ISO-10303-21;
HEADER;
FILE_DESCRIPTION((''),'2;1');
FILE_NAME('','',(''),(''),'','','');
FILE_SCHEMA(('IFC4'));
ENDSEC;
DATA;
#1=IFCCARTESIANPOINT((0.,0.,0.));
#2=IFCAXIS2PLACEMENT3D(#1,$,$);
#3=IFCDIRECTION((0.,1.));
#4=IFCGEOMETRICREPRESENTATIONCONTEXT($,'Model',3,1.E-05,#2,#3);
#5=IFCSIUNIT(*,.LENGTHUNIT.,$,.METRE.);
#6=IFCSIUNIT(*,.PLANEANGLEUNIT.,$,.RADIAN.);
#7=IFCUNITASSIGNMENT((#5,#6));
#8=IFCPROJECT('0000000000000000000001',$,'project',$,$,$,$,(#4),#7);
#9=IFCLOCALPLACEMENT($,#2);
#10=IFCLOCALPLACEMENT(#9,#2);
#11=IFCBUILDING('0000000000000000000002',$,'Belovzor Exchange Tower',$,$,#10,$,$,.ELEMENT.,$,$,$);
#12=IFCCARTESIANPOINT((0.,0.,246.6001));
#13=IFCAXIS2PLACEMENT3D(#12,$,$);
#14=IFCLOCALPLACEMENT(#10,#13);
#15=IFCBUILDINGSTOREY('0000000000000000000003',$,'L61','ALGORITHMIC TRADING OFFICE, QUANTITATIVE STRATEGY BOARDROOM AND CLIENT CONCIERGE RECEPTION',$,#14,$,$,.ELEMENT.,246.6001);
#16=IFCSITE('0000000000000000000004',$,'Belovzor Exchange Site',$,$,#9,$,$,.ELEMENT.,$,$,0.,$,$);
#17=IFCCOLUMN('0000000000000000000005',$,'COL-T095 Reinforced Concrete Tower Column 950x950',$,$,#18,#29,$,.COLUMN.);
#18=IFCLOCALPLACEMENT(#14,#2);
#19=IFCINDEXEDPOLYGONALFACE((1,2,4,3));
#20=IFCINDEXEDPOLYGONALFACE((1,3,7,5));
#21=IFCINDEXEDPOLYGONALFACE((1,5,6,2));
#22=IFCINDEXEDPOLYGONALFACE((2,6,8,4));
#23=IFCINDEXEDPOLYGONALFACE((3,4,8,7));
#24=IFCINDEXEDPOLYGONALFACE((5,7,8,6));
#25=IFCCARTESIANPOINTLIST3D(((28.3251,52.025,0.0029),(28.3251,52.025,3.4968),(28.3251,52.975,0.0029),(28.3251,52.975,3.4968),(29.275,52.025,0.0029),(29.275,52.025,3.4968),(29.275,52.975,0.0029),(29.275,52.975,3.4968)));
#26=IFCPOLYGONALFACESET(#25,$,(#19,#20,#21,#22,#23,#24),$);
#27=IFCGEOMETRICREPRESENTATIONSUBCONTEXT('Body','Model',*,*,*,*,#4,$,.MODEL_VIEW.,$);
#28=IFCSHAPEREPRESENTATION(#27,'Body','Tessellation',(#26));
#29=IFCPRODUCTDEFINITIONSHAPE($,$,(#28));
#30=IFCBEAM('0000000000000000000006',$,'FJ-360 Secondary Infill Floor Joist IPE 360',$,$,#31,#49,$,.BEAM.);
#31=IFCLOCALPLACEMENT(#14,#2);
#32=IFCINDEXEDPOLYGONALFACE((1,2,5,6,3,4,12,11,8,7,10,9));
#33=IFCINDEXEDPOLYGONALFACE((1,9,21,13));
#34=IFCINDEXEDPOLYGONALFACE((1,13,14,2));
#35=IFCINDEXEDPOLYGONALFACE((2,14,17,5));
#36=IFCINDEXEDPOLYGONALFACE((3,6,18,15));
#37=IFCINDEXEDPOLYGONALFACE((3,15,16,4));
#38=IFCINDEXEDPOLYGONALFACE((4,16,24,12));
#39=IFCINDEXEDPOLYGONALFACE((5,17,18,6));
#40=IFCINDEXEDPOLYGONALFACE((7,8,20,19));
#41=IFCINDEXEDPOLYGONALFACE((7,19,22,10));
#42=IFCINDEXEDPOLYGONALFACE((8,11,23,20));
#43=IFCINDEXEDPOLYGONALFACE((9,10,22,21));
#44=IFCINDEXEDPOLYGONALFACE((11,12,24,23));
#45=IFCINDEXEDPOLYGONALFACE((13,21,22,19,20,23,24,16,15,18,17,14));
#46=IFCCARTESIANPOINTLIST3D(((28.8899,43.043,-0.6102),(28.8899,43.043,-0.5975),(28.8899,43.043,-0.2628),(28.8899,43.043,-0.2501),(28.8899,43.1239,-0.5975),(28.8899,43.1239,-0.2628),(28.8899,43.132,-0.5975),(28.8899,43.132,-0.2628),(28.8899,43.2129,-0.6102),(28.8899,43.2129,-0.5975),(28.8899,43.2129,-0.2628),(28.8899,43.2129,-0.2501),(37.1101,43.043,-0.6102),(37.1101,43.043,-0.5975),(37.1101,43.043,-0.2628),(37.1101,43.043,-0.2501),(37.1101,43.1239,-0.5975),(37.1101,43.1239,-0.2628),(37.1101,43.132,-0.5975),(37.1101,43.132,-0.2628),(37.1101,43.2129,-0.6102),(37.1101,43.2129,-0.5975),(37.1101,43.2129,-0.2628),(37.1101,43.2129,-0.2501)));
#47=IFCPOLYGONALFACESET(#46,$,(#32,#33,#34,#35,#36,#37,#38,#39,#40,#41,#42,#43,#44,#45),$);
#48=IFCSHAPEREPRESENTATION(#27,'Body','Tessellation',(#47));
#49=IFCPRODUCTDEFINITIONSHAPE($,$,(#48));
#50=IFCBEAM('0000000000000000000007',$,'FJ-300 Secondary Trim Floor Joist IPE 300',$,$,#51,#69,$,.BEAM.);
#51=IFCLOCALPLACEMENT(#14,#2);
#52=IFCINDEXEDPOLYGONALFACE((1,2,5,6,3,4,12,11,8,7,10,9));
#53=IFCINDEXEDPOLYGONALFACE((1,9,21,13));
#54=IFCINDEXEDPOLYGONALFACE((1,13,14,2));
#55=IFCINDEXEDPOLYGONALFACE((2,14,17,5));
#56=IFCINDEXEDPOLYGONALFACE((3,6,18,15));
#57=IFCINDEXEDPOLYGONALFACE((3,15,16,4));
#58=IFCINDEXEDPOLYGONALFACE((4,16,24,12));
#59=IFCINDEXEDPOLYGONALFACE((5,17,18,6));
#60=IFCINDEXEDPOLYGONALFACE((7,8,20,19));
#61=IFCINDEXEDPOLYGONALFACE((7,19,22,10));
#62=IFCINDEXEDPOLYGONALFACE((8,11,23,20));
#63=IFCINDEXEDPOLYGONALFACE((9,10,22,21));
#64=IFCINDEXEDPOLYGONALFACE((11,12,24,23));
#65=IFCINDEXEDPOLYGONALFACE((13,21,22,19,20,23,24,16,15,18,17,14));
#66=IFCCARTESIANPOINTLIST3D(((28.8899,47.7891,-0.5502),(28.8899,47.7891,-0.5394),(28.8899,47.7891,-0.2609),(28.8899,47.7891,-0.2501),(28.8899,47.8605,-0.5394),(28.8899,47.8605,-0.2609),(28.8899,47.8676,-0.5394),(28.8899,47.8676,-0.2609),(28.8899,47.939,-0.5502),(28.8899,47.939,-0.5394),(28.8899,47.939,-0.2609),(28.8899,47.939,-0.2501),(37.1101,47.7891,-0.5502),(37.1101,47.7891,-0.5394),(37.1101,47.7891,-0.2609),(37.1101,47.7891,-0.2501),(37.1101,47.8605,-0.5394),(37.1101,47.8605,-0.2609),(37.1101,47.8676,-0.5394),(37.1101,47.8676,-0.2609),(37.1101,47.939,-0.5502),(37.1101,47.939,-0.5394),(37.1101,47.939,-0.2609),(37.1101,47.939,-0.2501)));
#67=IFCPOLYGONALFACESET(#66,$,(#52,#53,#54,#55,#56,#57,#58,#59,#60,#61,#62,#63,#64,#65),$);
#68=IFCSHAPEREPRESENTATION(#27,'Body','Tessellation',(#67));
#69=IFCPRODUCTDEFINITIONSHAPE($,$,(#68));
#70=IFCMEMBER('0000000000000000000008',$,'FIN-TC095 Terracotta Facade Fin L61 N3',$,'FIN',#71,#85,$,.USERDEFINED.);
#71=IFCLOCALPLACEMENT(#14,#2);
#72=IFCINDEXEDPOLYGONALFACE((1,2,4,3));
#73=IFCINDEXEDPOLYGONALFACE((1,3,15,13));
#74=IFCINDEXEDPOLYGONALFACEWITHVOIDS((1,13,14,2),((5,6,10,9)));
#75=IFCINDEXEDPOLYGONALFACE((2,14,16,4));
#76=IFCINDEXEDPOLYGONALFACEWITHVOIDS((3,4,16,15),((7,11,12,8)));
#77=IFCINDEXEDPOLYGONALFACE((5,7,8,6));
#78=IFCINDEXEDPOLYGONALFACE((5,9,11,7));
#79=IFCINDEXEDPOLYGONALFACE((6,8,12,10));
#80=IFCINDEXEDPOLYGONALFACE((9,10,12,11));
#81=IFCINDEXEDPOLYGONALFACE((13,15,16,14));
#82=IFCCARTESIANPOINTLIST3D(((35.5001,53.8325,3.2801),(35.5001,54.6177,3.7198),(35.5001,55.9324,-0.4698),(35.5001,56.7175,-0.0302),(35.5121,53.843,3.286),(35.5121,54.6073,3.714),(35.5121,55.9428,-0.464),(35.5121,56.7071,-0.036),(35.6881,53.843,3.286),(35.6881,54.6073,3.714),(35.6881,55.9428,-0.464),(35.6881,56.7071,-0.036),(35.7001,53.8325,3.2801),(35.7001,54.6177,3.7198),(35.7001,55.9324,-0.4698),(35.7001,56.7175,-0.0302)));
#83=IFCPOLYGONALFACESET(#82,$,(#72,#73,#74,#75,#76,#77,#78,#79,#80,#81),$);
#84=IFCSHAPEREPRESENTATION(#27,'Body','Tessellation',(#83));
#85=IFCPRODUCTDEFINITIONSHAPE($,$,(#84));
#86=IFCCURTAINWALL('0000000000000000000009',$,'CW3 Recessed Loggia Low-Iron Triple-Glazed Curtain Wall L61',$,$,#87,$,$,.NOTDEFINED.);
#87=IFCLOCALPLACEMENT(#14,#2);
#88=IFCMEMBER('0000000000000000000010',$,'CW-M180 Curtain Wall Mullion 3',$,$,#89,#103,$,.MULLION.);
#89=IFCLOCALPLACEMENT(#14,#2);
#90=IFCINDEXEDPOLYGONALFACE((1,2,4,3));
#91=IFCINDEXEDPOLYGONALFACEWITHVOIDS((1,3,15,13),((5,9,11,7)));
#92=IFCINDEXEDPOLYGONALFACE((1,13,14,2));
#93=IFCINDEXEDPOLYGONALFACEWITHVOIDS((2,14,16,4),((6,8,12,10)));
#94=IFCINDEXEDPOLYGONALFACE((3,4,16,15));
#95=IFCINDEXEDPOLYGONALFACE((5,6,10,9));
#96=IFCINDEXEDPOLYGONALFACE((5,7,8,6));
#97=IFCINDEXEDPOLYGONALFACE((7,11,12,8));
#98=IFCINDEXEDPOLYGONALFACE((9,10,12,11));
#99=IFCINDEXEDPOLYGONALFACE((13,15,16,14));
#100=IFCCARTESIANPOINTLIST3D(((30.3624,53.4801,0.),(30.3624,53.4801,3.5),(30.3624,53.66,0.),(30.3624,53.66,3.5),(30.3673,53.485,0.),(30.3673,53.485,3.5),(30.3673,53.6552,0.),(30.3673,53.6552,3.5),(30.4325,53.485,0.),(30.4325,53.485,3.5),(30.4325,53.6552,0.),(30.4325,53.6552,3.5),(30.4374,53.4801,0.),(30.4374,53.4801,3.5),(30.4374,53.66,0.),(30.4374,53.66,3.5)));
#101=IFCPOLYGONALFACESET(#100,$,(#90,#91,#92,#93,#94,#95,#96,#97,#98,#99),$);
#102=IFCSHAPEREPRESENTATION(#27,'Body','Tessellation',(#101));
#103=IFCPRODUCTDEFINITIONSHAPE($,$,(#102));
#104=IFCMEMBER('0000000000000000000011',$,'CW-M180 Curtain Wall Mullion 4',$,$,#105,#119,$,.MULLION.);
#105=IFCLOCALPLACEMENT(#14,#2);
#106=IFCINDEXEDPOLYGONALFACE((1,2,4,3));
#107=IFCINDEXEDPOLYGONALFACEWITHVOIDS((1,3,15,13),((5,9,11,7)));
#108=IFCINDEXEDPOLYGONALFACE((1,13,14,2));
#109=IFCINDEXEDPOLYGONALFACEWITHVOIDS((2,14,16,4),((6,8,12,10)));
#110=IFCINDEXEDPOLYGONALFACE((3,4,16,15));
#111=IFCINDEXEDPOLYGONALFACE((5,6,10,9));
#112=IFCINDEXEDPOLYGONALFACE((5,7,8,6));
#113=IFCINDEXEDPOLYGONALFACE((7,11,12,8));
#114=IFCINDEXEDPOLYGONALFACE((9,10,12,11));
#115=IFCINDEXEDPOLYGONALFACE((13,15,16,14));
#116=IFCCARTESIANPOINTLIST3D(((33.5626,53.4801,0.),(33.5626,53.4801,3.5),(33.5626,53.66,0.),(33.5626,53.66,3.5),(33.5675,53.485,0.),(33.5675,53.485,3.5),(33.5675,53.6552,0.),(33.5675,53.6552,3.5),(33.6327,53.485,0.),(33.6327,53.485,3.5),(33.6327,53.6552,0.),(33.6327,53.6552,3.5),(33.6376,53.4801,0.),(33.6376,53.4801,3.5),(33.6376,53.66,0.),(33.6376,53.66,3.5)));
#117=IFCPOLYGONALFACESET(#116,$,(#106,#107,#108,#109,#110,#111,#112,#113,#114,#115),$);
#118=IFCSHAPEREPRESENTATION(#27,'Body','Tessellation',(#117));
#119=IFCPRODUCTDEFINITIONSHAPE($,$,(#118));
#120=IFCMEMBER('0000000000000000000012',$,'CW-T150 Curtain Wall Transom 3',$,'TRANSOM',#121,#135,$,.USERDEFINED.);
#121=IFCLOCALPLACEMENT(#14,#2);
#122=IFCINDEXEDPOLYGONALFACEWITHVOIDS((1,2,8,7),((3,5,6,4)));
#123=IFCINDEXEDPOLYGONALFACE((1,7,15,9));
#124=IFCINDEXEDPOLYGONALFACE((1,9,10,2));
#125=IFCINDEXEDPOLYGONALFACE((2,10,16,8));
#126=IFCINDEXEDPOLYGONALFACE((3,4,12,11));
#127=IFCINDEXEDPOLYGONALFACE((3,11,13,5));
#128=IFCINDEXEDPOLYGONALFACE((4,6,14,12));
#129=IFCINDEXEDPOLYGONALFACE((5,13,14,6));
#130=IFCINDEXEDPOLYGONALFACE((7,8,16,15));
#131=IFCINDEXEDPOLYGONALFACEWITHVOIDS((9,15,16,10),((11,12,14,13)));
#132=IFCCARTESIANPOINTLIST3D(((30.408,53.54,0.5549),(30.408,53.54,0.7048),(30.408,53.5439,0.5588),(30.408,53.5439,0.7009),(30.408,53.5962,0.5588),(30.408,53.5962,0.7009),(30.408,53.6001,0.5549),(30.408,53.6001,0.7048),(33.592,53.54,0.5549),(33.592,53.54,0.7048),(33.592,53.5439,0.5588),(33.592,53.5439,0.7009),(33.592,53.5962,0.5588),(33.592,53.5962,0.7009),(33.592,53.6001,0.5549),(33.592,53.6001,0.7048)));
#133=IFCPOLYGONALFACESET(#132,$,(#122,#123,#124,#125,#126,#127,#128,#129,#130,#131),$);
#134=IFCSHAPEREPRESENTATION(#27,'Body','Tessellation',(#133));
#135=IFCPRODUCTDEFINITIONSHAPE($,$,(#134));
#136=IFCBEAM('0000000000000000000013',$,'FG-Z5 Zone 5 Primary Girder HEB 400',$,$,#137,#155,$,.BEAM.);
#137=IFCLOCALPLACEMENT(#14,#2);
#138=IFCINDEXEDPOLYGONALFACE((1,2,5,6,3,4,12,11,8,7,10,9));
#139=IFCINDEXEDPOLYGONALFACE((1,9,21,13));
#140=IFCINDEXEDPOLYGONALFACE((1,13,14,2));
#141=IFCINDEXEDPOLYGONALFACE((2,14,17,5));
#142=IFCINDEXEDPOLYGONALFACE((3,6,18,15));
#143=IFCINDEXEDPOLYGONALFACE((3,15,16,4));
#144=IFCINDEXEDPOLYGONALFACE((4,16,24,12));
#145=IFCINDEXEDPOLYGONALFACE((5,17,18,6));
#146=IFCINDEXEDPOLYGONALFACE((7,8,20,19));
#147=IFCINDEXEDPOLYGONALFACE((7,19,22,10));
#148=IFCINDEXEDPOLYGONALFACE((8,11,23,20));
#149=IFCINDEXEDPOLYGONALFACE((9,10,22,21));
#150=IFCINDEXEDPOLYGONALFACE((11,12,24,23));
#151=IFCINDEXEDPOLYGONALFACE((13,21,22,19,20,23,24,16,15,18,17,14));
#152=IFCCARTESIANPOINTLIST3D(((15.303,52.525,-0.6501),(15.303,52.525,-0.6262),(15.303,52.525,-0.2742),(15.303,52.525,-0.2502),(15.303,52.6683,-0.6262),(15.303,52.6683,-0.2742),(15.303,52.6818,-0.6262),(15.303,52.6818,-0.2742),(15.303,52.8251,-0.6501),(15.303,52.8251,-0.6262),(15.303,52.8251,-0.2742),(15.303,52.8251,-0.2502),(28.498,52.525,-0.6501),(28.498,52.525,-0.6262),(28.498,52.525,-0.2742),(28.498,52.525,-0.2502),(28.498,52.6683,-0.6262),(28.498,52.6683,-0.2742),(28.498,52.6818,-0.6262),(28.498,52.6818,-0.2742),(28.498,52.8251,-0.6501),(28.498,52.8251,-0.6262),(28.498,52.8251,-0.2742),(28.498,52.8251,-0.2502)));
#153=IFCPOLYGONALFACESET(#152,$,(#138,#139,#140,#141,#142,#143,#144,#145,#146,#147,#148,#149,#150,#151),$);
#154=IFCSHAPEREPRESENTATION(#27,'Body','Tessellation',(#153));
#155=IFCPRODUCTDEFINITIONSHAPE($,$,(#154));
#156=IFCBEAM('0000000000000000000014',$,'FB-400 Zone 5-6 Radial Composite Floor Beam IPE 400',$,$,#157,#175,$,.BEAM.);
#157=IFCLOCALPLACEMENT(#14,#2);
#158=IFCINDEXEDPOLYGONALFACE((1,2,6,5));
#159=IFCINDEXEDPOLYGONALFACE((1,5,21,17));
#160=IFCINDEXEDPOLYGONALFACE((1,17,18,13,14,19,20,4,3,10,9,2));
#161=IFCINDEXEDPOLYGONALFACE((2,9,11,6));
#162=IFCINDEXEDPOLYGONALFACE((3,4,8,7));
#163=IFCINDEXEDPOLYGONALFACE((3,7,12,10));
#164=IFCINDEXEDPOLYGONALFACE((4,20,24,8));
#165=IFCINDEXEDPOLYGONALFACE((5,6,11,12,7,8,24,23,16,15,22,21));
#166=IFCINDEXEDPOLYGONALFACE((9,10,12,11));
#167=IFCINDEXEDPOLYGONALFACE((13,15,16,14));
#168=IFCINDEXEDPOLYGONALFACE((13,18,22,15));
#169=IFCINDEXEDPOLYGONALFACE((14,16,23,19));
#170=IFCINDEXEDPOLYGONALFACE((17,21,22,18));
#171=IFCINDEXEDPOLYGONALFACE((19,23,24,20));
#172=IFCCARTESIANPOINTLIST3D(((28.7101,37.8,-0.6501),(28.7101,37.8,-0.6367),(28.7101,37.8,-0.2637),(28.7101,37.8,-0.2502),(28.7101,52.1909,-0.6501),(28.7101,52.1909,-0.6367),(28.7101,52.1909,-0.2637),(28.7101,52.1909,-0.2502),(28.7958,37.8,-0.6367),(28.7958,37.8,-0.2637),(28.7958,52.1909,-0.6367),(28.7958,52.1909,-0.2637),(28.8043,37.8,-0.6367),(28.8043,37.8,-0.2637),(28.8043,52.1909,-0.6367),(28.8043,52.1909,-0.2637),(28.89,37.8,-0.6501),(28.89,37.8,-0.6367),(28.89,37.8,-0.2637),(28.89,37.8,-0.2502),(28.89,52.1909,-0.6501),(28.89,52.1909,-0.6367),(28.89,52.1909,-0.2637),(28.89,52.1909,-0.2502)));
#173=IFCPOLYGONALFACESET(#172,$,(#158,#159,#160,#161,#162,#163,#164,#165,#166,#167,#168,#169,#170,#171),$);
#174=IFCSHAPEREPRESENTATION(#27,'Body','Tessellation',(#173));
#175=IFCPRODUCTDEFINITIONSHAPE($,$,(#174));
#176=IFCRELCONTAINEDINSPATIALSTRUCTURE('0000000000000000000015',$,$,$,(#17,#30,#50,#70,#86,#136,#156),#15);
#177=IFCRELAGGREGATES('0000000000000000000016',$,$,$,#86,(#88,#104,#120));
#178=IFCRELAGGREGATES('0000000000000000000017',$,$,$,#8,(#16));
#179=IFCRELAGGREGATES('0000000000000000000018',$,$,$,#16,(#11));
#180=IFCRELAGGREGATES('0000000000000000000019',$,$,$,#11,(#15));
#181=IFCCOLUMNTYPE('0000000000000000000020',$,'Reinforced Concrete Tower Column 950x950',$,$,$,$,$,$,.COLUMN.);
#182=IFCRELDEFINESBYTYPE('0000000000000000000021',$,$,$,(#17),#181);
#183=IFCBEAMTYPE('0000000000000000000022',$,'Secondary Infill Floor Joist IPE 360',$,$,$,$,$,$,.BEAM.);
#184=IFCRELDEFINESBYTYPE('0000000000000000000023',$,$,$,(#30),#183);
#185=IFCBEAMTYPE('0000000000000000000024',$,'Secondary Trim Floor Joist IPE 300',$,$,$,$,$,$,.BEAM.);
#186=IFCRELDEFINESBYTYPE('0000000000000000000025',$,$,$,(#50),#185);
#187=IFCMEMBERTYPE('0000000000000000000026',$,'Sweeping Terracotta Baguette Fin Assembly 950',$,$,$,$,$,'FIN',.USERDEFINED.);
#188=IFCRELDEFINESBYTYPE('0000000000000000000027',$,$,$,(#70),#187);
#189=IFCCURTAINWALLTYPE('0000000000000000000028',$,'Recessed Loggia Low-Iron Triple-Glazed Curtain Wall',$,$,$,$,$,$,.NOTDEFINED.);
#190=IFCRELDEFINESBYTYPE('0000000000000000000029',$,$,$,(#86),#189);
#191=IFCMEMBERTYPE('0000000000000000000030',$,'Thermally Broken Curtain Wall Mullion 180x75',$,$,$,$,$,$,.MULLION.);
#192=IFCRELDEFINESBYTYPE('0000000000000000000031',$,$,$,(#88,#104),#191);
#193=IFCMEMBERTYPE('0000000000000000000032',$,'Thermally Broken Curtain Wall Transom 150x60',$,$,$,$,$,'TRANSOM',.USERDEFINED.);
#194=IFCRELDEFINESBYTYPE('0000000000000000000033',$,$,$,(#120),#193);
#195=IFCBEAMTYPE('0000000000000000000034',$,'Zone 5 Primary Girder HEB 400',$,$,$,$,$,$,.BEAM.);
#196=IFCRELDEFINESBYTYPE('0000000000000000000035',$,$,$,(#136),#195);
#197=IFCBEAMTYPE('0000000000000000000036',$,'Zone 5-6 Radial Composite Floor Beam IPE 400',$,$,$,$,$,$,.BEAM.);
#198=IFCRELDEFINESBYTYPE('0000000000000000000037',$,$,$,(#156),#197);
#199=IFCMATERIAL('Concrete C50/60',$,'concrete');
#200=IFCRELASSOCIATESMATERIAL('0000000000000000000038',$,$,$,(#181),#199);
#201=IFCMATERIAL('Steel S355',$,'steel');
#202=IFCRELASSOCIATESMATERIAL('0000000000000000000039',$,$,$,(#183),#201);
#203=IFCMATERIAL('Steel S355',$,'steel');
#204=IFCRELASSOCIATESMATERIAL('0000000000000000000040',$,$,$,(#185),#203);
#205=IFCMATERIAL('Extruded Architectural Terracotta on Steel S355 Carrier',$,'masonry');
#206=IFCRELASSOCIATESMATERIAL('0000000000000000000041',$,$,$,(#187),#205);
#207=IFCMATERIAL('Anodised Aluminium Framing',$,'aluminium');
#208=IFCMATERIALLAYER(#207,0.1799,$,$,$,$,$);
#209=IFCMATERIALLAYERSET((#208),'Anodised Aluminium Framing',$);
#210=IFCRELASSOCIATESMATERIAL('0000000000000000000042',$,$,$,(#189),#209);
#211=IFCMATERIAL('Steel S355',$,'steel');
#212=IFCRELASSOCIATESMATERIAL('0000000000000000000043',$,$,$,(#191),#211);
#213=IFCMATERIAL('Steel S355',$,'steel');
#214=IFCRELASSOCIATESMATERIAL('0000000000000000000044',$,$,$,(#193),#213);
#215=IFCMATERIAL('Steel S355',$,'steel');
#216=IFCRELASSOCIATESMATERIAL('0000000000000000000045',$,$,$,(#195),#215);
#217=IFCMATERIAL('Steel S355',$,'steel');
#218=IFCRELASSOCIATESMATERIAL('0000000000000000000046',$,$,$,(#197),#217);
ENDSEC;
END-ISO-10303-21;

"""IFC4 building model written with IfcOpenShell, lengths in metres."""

from ifc_helpers import new_model, si_unit, direction, frame, origin, origin_2d, place, context, subcontext, project, spatial, rectangle, hollow_rectangle, i_section, extrude, material, layer, layer_set, material_profile, profile_set, type_object, element, aggregate, save


model = new_model("IFC4")

# Units and contexts
model_context = context("Model", 3, precision=1e-05, world=origin(), true_north=direction((0.0, 1.0)))
body_context = subcontext(model_context, "Body", "Model", "MODEL_VIEW")
ifc_project = project(units=[si_unit("LENGTHUNIT", "METRE"), si_unit("PLANEANGLEUNIT", "RADIAN")], contexts=[model_context])

# Site, building, storey
site_placement = place(None, origin())
site = spatial("IfcSite", under=ifc_project, at=site_placement, Name="Belovzor Exchange Site", CompositionType="ELEMENT", RefElevation=0.0)
building_placement = place(site_placement, origin())
building = spatial("IfcBuilding", under=site, at=building_placement, Name="Belovzor Exchange Tower", CompositionType="ELEMENT")
storey_placement = place(building_placement, frame((0.0, 0.0, 246.6001)))
storey = spatial("IfcBuildingStorey", under=building, at=storey_placement, Name="L61", Description="ALGORITHMIC TRADING OFFICE, QUANTITATIVE STRATEGY BOARDROOM AND CLIENT CONCIERGE RECEPTION", CompositionType="ELEMENT", Elevation=246.6001)

# Column
ifc_material_1 = material(Name="Concrete C50/60", Category="concrete")
ifc_material_profile_1 = material_profile(ifc_material_1, rectangle(XDim=0.95, YDim=0.95, at=origin_2d()))
ifc_profile_set_1 = profile_set([ifc_material_profile_1], Name="Concrete C50/60")
column_type = type_object("IfcColumnType", Name="Reinforced Concrete Tower Column 950x950", PredefinedType="COLUMN", material=ifc_profile_set_1)
column_placement = place(storey_placement, frame((28.8, 52.5, 0.0029), z_axis=(0.0, 0.0, 1.0), x_axis=(1.0, 0.0, 0.0)))
element("IfcColumn", 1, at=column_placement, inside=storey, type_object=column_type, Name="COL-T095 Reinforced Concrete Tower Column 950x950", PredefinedType="COLUMN", context=body_context, shape_type="SweptSolid", body=[
    extrude(rectangle(XDim=0.95, YDim=0.95, at=origin_2d()), origin(), (0.0, 0.0, 1.0), 3.4939),
])

# Beams
ifc_material_2 = material(Name="Steel S355", Category="steel")
ifc_material_profile_2 = material_profile(ifc_material_2, i_section(OverallWidth=0.1699, OverallDepth=0.3601, WebThickness=0.0081, FlangeThickness=0.0127, at=origin_2d()))
ifc_profile_set_2 = profile_set([ifc_material_profile_2], Name="Steel S355")
beam_type_1 = type_object("IfcBeamType", Name="Secondary Infill Floor Joist IPE 360", PredefinedType="BEAM", material=ifc_profile_set_2)
beam_1_placement = place(storey_placement, frame((28.8899, 43.1279, -0.4302), z_axis=(1.0, 0.0, 0.0), x_axis=(0.0, 1.0, 0.0)))
element("IfcBeam", 2, at=beam_1_placement, inside=storey, type_object=beam_type_1, Name="FJ-360 Secondary Infill Floor Joist IPE 360", PredefinedType="BEAM", context=body_context, shape_type="SweptSolid", body=[
    extrude(i_section(OverallWidth=0.1699, OverallDepth=0.3601, WebThickness=0.0081, FlangeThickness=0.0127, at=origin_2d()), origin(), (0.0, 0.0, 1.0), 8.2202),
])
ifc_material_3 = material(Name="Steel S355", Category="steel")
ifc_material_profile_3 = material_profile(ifc_material_3, i_section(OverallWidth=0.1499, OverallDepth=0.3, WebThickness=0.0071, FlangeThickness=0.0107, at=origin_2d()))
ifc_profile_set_3 = profile_set([ifc_material_profile_3], Name="Steel S355")
beam_type_2 = type_object("IfcBeamType", Name="Secondary Trim Floor Joist IPE 300", PredefinedType="BEAM", material=ifc_profile_set_3)
beam_2_placement = place(storey_placement, frame((28.8899, 47.864, -0.4001), z_axis=(1.0, 0.0, 0.0), x_axis=(0.0, 1.0, 0.0)))
element("IfcBeam", 3, at=beam_2_placement, inside=storey, type_object=beam_type_2, Name="FJ-300 Secondary Trim Floor Joist IPE 300", PredefinedType="BEAM", context=body_context, shape_type="SweptSolid", body=[
    extrude(i_section(OverallWidth=0.1499, OverallDepth=0.3, WebThickness=0.0071, FlangeThickness=0.0107, at=origin_2d()), origin(), (0.0, 0.0, 1.0), 8.2202),
])

# Member
ifc_material_4 = material(Name="Extruded Architectural Terracotta on Steel S355 Carrier", Category="masonry")
ifc_material_profile_4 = material_profile(ifc_material_4, hollow_rectangle(XDim=0.2, YDim=0.8999, WallThickness=0.012, at=origin_2d()))
ifc_profile_set_4 = profile_set([ifc_material_profile_4], Name="Extruded Architectural Terracotta on Steel S355 Carrier")
member_type_1 = type_object("IfcMemberType", Name="Sweeping Terracotta Baguette Fin Assembly 950", ElementType="FIN", PredefinedType="USERDEFINED", material=ifc_profile_set_4)
member_1_placement = place(storey_placement, frame((35.6001, 56.325, -0.25), z_axis=(0.0, -0.488577, 0.872521), x_axis=(1.0, 0.0, 0.0)))
element("IfcMember", 4, at=member_1_placement, inside=storey, type_object=member_type_1, Name="FIN-TC095 Terracotta Facade Fin L61 N3", ObjectType="FIN", PredefinedType="USERDEFINED", context=body_context, shape_type="SweptSolid", body=[
    extrude(hollow_rectangle(XDim=0.2, YDim=0.8999, WallThickness=0.012, at=origin_2d()), origin(), (0.0, 0.0, 1.0), 4.2979),
])

# Curtain wall, members
ifc_material_5 = material(Name="Anodised Aluminium Framing", Category="aluminium")
ifc_layer_1 = layer(ifc_material_5, 0.1799)
ifc_layer_set_1 = layer_set([ifc_layer_1], Name="Anodised Aluminium Framing")
curtain_wall_type = type_object("IfcCurtainWallType", Name="Recessed Loggia Low-Iron Triple-Glazed Curtain Wall", PredefinedType="NOTDEFINED", material=ifc_layer_set_1)
curtain_wall_placement = place(storey_placement, origin())
curtain_wall = element("IfcCurtainWall", 5, at=curtain_wall_placement, inside=storey, type_object=curtain_wall_type, Name="CW3 Recessed Loggia Low-Iron Triple-Glazed Curtain Wall L61", PredefinedType="NOTDEFINED")
ifc_material_6 = material(Name="Steel S355", Category="steel")
ifc_material_profile_5 = material_profile(ifc_material_6, hollow_rectangle(XDim=0.075, YDim=0.1799, WallThickness=0.0049, at=origin_2d()))
ifc_profile_set_5 = profile_set([ifc_material_profile_5], Name="Steel S355")
member_type_2 = type_object("IfcMemberType", Name="Thermally Broken Curtain Wall Mullion 180x75", PredefinedType="MULLION", material=ifc_profile_set_5)
member_2_placement = place(storey_placement, frame((30.3999, 53.5701, 0.0), z_axis=(0.0, 0.0, 1.0), x_axis=(1.0, 0.0, 0.0)))
member_2 = element("IfcMember", 6, at=member_2_placement, type_object=member_type_2, Name="CW-M180 Curtain Wall Mullion 3", PredefinedType="MULLION", context=body_context, shape_type="SweptSolid", body=[
    extrude(hollow_rectangle(XDim=0.075, YDim=0.1799, WallThickness=0.0049, at=origin_2d()), origin(), (0.0, 0.0, 1.0), 3.5),
])
member_3_placement = place(storey_placement, frame((33.6001, 53.5701, 0.0), z_axis=(0.0, 0.0, 1.0), x_axis=(1.0, 0.0, 0.0)))
member_3 = element("IfcMember", 7, at=member_3_placement, type_object=member_type_2, Name="CW-M180 Curtain Wall Mullion 4", PredefinedType="MULLION", context=body_context, shape_type="SweptSolid", body=[
    extrude(hollow_rectangle(XDim=0.075, YDim=0.1799, WallThickness=0.0049, at=origin_2d()), origin(), (0.0, 0.0, 1.0), 3.5),
])
ifc_material_7 = material(Name="Steel S355", Category="steel")
ifc_material_profile_6 = material_profile(ifc_material_7, hollow_rectangle(XDim=0.0601, YDim=0.1499, WallThickness=0.0039, at=origin_2d()))
ifc_profile_set_6 = profile_set([ifc_material_profile_6], Name="Steel S355")
member_type_3 = type_object("IfcMemberType", Name="Thermally Broken Curtain Wall Transom 150x60", ElementType="TRANSOM", PredefinedType="USERDEFINED", material=ifc_profile_set_6)
member_4_placement = place(storey_placement, frame((30.408, 53.5701, 0.6299), z_axis=(1.0, 0.0, 0.0), x_axis=(0.0, 1.0, 0.0)))
member_4 = element("IfcMember", 8, at=member_4_placement, type_object=member_type_3, Name="CW-T150 Curtain Wall Transom 3", ObjectType="TRANSOM", PredefinedType="USERDEFINED", context=body_context, shape_type="SweptSolid", body=[
    extrude(hollow_rectangle(XDim=0.0601, YDim=0.1499, WallThickness=0.0039, at=origin_2d()), origin(), (0.0, 0.0, 1.0), 3.1841),
])

# Beams
ifc_material_8 = material(Name="Steel S355", Category="steel")
ifc_material_profile_7 = material_profile(ifc_material_8, i_section(OverallWidth=0.3, OverallDepth=0.3999, WebThickness=0.0134, FlangeThickness=0.0239, at=origin_2d()))
ifc_profile_set_7 = profile_set([ifc_material_profile_7], Name="Steel S355")
beam_type_3 = type_object("IfcBeamType", Name="Zone 5 Primary Girder HEB 400", PredefinedType="BEAM", material=ifc_profile_set_7)
beam_3_placement = place(storey_placement, frame((28.498, 52.675, -0.4502), z_axis=(-1.0, 0.0, 0.0), x_axis=(0.0, -1.0, 0.0)))
element("IfcBeam", 9, at=beam_3_placement, inside=storey, type_object=beam_type_3, Name="FG-Z5 Zone 5 Primary Girder HEB 400", PredefinedType="BEAM", context=body_context, shape_type="SweptSolid", body=[
    extrude(i_section(OverallWidth=0.3, OverallDepth=0.3999, WebThickness=0.0134, FlangeThickness=0.0239, at=origin_2d()), origin(), (0.0, 0.0, 1.0), 13.1951),
])
ifc_material_9 = material(Name="Steel S355", Category="steel")
ifc_material_profile_8 = material_profile(ifc_material_9, i_section(OverallWidth=0.1799, OverallDepth=0.3999, WebThickness=0.0085, FlangeThickness=0.0134, at=origin_2d()))
ifc_profile_set_8 = profile_set([ifc_material_profile_8], Name="Steel S355")
beam_type_4 = type_object("IfcBeamType", Name="Zone 5-6 Radial Composite Floor Beam IPE 400", PredefinedType="BEAM", material=ifc_profile_set_8)
beam_4_placement = place(storey_placement, frame((28.8, 37.8, -0.4502), z_axis=(0.0, 1.0, 0.0), x_axis=(-1.0, 0.0, 0.0)))
element("IfcBeam", 10, at=beam_4_placement, inside=storey, type_object=beam_type_4, Name="FB-400 Zone 5-6 Radial Composite Floor Beam IPE 400", PredefinedType="BEAM", context=body_context, shape_type="SweptSolid", body=[
    extrude(i_section(OverallWidth=0.1799, OverallDepth=0.3999, WebThickness=0.0085, FlangeThickness=0.0134, at=origin_2d()), origin(), (0.0, 0.0, 1.0), 14.3909),
])

aggregate(curtain_wall, [member_2, member_3, member_4])

save(model, "model.ifc")
